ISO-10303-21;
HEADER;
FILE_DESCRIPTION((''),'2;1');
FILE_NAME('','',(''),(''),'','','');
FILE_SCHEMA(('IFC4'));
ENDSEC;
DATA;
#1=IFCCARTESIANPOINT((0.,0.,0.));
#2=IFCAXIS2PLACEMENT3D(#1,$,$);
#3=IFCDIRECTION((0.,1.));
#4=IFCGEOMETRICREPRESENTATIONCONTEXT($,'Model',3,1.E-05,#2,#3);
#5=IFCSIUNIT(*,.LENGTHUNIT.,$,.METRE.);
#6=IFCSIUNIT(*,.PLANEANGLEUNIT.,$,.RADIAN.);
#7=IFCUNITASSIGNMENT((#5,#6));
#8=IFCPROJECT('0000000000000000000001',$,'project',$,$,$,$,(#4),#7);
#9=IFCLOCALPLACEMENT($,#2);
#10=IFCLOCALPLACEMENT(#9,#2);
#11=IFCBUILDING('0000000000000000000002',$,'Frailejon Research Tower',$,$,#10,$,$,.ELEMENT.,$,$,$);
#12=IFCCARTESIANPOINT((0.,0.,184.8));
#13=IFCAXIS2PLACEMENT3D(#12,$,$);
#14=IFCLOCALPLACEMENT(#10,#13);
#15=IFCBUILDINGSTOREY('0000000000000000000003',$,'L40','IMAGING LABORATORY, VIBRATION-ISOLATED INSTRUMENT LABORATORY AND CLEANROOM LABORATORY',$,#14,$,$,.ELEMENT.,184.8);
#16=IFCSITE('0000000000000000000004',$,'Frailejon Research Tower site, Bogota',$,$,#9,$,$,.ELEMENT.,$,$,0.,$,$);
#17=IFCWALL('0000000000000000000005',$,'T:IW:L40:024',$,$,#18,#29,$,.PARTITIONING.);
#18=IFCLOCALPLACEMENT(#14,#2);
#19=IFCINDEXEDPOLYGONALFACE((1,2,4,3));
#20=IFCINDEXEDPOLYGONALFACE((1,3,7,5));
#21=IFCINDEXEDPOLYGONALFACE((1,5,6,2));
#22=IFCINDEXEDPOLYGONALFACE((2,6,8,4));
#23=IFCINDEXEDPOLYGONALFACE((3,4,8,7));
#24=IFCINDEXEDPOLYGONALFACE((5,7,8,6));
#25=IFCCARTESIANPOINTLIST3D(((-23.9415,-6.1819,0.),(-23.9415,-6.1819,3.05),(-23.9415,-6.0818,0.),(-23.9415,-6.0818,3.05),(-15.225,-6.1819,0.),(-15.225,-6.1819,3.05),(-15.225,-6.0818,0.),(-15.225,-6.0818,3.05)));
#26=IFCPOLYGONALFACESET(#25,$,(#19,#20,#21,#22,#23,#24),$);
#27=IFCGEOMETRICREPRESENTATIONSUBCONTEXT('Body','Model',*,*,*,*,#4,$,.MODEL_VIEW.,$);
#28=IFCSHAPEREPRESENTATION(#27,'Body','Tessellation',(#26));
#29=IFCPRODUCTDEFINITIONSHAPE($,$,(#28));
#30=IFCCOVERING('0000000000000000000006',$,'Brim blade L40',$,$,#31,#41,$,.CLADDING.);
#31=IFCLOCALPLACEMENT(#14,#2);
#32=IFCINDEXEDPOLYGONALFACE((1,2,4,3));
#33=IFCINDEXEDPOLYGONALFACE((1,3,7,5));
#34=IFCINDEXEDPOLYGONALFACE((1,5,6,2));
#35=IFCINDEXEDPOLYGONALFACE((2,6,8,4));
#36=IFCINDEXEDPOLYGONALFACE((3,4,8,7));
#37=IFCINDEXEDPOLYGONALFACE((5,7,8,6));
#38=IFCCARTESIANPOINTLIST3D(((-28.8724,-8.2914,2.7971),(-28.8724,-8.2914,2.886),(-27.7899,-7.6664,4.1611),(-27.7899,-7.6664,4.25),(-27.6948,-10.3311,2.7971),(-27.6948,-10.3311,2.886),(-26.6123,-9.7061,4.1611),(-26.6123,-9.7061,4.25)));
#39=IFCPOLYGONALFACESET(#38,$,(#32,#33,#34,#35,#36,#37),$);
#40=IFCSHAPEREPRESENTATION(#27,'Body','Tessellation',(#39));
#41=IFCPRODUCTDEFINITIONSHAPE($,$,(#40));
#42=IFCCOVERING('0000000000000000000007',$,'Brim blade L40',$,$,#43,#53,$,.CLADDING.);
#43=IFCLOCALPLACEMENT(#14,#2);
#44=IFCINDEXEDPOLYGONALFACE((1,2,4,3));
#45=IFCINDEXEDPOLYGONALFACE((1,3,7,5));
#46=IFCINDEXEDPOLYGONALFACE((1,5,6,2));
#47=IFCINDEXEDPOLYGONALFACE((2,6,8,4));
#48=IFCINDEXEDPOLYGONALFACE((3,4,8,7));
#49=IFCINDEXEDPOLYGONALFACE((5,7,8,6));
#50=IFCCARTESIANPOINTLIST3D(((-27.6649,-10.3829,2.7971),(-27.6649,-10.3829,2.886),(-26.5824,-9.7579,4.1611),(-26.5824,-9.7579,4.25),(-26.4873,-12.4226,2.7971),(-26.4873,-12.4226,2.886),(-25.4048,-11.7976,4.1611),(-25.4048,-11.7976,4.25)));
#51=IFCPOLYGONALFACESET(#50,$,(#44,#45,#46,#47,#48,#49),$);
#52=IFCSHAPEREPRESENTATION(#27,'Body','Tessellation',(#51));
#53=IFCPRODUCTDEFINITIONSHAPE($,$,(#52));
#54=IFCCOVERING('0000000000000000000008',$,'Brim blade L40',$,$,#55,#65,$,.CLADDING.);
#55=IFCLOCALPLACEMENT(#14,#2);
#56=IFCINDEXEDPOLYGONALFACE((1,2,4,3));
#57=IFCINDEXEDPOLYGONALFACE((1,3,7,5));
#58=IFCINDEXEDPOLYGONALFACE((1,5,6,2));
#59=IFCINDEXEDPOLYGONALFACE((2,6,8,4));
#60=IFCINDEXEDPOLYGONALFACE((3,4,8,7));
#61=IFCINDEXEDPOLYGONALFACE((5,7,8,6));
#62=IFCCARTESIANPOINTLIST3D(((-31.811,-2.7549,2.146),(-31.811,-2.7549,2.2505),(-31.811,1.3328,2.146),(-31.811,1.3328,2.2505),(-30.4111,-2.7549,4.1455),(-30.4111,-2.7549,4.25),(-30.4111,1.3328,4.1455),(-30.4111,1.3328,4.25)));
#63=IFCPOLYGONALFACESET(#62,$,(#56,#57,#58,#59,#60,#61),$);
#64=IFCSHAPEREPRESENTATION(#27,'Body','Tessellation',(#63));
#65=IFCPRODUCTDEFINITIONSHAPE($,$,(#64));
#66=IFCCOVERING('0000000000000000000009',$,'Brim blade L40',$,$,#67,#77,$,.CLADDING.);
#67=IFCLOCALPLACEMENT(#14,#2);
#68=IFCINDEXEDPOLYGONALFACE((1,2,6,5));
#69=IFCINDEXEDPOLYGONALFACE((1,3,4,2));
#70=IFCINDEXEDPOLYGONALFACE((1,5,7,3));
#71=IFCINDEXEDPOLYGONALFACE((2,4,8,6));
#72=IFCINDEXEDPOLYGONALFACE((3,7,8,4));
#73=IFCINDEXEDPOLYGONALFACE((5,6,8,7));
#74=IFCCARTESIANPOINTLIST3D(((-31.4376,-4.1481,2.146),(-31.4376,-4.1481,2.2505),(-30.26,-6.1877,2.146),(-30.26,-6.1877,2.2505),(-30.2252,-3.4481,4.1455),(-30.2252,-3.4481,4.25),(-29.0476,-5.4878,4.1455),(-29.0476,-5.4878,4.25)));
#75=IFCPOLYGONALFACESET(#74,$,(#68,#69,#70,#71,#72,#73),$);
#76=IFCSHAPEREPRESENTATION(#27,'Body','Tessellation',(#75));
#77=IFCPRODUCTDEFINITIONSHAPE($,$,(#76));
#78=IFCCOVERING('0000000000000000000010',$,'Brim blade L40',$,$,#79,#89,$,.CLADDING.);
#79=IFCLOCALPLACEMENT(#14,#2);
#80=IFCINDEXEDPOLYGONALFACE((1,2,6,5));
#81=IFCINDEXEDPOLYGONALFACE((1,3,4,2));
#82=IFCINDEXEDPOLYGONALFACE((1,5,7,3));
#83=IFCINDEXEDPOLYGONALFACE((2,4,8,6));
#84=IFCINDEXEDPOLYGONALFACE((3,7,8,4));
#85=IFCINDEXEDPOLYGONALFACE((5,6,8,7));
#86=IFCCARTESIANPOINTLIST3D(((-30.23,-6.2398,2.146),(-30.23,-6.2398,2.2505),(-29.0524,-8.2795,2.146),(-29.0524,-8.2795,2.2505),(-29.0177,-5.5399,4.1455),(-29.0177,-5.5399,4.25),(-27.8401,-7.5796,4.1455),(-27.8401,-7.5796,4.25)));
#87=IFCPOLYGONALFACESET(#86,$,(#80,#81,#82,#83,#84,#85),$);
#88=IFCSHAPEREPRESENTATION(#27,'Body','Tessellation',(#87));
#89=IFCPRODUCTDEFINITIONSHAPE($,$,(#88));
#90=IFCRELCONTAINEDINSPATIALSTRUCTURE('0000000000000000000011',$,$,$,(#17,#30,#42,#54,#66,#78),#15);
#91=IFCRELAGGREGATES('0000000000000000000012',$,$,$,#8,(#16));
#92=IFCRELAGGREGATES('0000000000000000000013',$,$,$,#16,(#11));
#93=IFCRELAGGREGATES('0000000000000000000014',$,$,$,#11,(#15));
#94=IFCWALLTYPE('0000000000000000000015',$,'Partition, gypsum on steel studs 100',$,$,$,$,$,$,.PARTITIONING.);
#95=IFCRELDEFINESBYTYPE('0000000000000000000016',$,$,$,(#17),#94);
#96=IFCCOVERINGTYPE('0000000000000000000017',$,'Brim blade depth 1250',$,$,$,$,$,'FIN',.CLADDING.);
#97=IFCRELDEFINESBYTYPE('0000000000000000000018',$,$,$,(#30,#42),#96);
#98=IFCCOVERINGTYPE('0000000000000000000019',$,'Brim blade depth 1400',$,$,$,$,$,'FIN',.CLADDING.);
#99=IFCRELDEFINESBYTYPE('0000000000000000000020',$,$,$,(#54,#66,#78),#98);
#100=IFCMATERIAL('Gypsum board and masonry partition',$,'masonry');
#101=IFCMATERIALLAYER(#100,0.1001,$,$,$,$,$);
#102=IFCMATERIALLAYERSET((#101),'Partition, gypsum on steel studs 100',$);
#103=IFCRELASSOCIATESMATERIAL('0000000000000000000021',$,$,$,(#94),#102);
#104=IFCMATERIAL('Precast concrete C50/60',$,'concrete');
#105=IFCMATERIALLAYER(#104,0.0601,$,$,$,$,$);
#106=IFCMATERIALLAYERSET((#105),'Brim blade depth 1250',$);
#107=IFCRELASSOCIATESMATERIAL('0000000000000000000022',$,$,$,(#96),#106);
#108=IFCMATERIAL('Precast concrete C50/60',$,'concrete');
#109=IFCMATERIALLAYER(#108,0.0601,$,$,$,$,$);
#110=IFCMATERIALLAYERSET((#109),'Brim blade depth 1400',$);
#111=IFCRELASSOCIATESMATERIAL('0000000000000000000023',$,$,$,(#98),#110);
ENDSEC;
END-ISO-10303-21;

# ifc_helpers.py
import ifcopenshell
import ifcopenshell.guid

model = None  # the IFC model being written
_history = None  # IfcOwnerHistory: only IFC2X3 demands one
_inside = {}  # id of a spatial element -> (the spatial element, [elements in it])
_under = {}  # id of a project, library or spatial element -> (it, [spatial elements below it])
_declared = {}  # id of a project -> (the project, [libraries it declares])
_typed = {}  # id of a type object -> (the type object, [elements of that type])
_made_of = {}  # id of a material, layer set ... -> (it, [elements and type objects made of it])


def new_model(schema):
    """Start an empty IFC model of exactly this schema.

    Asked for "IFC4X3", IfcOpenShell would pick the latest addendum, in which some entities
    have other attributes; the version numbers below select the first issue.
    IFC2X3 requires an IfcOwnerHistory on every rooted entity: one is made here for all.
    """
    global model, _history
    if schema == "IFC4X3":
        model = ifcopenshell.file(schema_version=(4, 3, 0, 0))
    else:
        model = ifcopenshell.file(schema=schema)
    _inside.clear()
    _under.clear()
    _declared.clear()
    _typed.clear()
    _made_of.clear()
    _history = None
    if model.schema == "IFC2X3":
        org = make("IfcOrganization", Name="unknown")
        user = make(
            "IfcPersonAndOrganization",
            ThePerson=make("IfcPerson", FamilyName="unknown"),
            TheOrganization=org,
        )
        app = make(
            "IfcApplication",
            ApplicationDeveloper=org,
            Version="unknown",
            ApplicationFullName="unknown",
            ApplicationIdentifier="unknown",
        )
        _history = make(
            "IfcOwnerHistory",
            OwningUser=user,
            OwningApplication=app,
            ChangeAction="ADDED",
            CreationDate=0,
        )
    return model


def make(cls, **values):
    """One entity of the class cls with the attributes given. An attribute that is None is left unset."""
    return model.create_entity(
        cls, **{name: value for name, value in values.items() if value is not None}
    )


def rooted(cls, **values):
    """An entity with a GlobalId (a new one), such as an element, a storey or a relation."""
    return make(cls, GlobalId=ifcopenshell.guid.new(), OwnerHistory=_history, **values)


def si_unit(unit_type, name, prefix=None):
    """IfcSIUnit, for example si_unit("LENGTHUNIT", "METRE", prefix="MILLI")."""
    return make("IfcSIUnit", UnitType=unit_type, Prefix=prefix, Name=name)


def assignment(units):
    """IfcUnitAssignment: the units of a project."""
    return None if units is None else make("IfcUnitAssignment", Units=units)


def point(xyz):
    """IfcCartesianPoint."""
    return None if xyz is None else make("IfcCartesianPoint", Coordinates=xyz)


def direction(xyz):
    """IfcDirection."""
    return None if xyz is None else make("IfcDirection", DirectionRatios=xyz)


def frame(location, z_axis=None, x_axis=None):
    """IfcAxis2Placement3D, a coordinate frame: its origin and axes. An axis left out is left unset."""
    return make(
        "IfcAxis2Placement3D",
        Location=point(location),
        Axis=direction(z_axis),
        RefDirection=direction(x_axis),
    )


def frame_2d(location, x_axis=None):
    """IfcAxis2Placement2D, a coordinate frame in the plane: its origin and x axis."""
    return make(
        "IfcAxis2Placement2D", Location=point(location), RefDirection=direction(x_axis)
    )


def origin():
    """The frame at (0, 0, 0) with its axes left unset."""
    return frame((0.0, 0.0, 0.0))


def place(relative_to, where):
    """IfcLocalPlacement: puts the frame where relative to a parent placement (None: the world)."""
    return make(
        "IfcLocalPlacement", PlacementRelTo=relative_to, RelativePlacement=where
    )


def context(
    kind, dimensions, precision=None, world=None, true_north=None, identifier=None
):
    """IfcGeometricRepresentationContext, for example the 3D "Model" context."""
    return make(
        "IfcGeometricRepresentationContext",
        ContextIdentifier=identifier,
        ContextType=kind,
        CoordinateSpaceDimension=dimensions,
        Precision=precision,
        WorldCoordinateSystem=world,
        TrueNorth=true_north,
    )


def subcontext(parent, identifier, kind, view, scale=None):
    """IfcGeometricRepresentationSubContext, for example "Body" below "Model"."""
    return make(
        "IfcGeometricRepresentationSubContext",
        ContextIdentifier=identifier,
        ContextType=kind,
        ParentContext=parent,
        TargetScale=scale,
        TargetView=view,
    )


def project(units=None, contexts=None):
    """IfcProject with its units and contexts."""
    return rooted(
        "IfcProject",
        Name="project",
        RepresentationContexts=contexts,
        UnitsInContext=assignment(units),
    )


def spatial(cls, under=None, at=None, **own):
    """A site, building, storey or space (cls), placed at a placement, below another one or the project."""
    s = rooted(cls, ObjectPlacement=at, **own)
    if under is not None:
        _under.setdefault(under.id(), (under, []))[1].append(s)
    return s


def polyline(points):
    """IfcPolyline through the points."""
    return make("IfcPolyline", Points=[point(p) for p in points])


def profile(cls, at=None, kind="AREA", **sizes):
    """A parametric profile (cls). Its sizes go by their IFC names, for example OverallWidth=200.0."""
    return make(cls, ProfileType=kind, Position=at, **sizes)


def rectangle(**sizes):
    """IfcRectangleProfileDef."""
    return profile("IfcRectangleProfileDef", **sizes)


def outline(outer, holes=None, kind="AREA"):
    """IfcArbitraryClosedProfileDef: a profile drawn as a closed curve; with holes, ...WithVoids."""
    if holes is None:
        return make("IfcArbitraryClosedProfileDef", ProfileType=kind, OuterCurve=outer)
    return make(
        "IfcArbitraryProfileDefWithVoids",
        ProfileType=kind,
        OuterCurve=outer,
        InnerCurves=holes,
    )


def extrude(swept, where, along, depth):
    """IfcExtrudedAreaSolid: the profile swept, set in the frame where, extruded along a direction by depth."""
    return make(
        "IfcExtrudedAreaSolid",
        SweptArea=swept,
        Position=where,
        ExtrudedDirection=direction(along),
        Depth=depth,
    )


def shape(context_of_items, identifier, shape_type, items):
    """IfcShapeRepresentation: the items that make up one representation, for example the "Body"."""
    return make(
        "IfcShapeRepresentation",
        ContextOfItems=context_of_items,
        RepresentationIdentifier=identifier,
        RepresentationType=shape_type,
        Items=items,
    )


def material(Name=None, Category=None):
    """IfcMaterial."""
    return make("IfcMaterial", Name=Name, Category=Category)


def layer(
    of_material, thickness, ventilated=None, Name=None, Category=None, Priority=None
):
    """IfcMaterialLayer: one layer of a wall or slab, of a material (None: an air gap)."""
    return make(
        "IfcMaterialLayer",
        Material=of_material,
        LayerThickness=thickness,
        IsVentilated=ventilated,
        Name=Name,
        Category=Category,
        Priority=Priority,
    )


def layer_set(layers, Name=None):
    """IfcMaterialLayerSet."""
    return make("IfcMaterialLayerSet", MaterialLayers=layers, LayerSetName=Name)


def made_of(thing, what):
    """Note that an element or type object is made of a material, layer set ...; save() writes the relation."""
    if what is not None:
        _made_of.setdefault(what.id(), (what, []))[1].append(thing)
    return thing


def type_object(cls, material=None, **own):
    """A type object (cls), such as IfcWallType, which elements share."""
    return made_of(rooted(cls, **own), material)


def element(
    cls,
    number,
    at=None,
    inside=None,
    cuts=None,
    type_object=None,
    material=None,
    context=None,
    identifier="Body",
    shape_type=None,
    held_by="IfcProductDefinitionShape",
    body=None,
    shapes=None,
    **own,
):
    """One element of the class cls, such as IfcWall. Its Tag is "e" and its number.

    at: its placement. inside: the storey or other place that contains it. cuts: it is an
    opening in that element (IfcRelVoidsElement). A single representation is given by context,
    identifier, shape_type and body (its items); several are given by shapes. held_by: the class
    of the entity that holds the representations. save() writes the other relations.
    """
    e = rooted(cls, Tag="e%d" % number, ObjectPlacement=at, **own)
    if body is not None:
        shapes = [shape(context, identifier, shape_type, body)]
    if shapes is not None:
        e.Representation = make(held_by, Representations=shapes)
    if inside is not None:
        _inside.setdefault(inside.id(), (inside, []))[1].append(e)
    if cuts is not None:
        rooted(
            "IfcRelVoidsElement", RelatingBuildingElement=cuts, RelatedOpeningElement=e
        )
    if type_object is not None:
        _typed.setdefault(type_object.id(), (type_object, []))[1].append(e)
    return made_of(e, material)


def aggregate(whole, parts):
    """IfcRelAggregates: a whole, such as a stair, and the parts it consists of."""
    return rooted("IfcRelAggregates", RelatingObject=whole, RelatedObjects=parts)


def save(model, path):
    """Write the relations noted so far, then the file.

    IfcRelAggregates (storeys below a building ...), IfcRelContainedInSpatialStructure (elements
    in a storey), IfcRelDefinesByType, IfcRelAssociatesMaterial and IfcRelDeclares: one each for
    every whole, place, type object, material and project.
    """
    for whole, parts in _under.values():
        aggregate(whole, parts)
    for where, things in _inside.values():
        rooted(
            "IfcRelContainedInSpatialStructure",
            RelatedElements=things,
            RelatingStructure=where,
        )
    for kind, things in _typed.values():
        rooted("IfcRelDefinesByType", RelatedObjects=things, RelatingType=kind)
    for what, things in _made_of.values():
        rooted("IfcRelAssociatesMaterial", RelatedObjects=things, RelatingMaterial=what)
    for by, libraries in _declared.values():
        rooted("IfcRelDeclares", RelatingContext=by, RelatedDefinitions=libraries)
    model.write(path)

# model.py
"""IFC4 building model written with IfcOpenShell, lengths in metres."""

from ifc_helpers import new_model, si_unit, direction, frame, frame_2d, origin, place, context, subcontext, project, spatial, polyline, rectangle, outline, extrude, material, layer, layer_set, type_object, element, save


model = new_model("IFC4")

# Units and contexts
model_context = context("Model", 3, precision=1e-05, world=origin(), true_north=direction((0.0, 1.0)))
body_context = subcontext(model_context, "Body", "Model", "MODEL_VIEW")
ifc_project = project(units=[si_unit("LENGTHUNIT", "METRE"), si_unit("PLANEANGLEUNIT", "RADIAN")], contexts=[model_context])

# Site, building, storey
site_placement = place(None, origin())
site = spatial("IfcSite", under=ifc_project, at=site_placement, Name="Frailejon Research Tower site, Bogota", CompositionType="ELEMENT", RefElevation=0.0)
building_placement = place(site_placement, origin())
building = spatial("IfcBuilding", under=site, at=building_placement, Name="Frailejon Research Tower", CompositionType="ELEMENT")
storey_placement = place(building_placement, frame((0.0, 0.0, 184.8)))
storey = spatial("IfcBuildingStorey", under=building, at=storey_placement, Name="L40", Description="IMAGING LABORATORY, VIBRATION-ISOLATED INSTRUMENT LABORATORY AND CLEANROOM LABORATORY", CompositionType="ELEMENT", Elevation=184.8)

# Wall
ifc_material_1 = material(Name="Gypsum board and masonry partition", Category="masonry")
ifc_layer_1 = layer(ifc_material_1, 0.1001)
ifc_layer_set_1 = layer_set([ifc_layer_1], Name="Partition, gypsum on steel studs 100")
wall_type_1 = type_object("IfcWallType", Name="Partition, gypsum on steel studs 100", PredefinedType="PARTITIONING", material=ifc_layer_set_1)
wall_1_placement = place(storey_placement, frame((-23.9417, -6.1318, 0.0), z_axis=(0.0, 0.0, 1.0), x_axis=(1.0, 0.0, 0.0)))
element("IfcWall", 1, at=wall_1_placement, inside=storey, type_object=wall_type_1, Name="T:IW:L40:024", PredefinedType="PARTITIONING", context=body_context, shape_type="SweptSolid", body=[
    extrude(rectangle(XDim=8.7166, YDim=0.1001, at=frame_2d((4.3584, 0.0))), origin(), (0.0, 0.0, 1.0), 3.05),
])

# Coverings
ifc_material_2 = material(Name="Precast concrete C50/60", Category="concrete")
ifc_layer_2 = layer(ifc_material_2, 0.0601)
ifc_layer_set_2 = layer_set([ifc_layer_2], Name="Brim blade depth 1250")
covering_type_1 = type_object("IfcCoveringType", Name="Brim blade depth 1250", ElementType="FIN", PredefinedType="CLADDING", material=ifc_layer_set_2)
for number, where, z_axis, x_axis, name in (
    (2, (-26.6123, -9.7061, 4.25), (-0.499997, 0.866027, 0.0), (-0.866027, -0.499997, 0.0), "Brim blade L40"),
    (3, (-25.4048, -11.7976, 4.25), (-0.499997, 0.866027, 0.0), (-0.866027, -0.499997, 0.0), "Brim blade L40"),
):
    element("IfcCovering", number, at=place(storey_placement, frame(where, z_axis=z_axis, x_axis=x_axis)), inside=storey, type_object=covering_type_1, Name=name, PredefinedType="CLADDING", context=body_context, shape_type="SweptSolid", body=[
        extrude(outline(polyline([(0.0, -0.0889), (1.25, -1.4529), (1.25, -1.364), (0.0, 0.0), (0.0, -0.0889)])), origin(), (0.0, 0.0, 1.0), 2.3552),
    ])
ifc_material_3 = material(Name="Precast concrete C50/60", Category="concrete")
ifc_layer_3 = layer(ifc_material_3, 0.0601)
ifc_layer_set_3 = layer_set([ifc_layer_3], Name="Brim blade depth 1400")
covering_type_2 = type_object("IfcCoveringType", Name="Brim blade depth 1400", ElementType="FIN", PredefinedType="CLADDING", material=ifc_layer_set_3)
covering_placement = place(storey_placement, frame((-30.4111, -2.7549, 4.25), z_axis=(0.0, 1.0, 0.0), x_axis=(-1.0, 0.0, 0.0)))
element("IfcCovering", 4, at=covering_placement, inside=storey, type_object=covering_type_2, Name="Brim blade L40", PredefinedType="CLADDING", context=body_context, shape_type="SweptSolid", body=[
    extrude(outline(polyline([(0.0, -0.1045), (1.3999, -2.104), (1.3999, -1.9995), (0.0, 0.0), (0.0, -0.1045)])), origin(), (0.0, 0.0, 1.0), 4.0876),
])
for number, where, z_axis, x_axis, name in (
    (5, (-29.0476, -5.4878, 4.25), (-0.499997, 0.866027, 0.0), (-0.866027, -0.499997, 0.0), "Brim blade L40"),
    (6, (-27.8401, -7.5796, 4.25), (-0.499997, 0.866027, 0.0), (-0.866027, -0.499997, 0.0), "Brim blade L40"),
):
    element("IfcCovering", number, at=place(storey_placement, frame(where, z_axis=z_axis, x_axis=x_axis)), inside=storey, type_object=covering_type_2, Name=name, PredefinedType="CLADDING", context=body_context, shape_type="SweptSolid", body=[
        extrude(outline(polyline([(0.0, -0.1045), (1.3999, -2.104), (1.3999, -1.9995), (0.0, 0.0), (0.0, -0.1045)])), origin(), (0.0, 0.0, 1.0), 2.3552),
    ])

save(model, "model.ifc")
